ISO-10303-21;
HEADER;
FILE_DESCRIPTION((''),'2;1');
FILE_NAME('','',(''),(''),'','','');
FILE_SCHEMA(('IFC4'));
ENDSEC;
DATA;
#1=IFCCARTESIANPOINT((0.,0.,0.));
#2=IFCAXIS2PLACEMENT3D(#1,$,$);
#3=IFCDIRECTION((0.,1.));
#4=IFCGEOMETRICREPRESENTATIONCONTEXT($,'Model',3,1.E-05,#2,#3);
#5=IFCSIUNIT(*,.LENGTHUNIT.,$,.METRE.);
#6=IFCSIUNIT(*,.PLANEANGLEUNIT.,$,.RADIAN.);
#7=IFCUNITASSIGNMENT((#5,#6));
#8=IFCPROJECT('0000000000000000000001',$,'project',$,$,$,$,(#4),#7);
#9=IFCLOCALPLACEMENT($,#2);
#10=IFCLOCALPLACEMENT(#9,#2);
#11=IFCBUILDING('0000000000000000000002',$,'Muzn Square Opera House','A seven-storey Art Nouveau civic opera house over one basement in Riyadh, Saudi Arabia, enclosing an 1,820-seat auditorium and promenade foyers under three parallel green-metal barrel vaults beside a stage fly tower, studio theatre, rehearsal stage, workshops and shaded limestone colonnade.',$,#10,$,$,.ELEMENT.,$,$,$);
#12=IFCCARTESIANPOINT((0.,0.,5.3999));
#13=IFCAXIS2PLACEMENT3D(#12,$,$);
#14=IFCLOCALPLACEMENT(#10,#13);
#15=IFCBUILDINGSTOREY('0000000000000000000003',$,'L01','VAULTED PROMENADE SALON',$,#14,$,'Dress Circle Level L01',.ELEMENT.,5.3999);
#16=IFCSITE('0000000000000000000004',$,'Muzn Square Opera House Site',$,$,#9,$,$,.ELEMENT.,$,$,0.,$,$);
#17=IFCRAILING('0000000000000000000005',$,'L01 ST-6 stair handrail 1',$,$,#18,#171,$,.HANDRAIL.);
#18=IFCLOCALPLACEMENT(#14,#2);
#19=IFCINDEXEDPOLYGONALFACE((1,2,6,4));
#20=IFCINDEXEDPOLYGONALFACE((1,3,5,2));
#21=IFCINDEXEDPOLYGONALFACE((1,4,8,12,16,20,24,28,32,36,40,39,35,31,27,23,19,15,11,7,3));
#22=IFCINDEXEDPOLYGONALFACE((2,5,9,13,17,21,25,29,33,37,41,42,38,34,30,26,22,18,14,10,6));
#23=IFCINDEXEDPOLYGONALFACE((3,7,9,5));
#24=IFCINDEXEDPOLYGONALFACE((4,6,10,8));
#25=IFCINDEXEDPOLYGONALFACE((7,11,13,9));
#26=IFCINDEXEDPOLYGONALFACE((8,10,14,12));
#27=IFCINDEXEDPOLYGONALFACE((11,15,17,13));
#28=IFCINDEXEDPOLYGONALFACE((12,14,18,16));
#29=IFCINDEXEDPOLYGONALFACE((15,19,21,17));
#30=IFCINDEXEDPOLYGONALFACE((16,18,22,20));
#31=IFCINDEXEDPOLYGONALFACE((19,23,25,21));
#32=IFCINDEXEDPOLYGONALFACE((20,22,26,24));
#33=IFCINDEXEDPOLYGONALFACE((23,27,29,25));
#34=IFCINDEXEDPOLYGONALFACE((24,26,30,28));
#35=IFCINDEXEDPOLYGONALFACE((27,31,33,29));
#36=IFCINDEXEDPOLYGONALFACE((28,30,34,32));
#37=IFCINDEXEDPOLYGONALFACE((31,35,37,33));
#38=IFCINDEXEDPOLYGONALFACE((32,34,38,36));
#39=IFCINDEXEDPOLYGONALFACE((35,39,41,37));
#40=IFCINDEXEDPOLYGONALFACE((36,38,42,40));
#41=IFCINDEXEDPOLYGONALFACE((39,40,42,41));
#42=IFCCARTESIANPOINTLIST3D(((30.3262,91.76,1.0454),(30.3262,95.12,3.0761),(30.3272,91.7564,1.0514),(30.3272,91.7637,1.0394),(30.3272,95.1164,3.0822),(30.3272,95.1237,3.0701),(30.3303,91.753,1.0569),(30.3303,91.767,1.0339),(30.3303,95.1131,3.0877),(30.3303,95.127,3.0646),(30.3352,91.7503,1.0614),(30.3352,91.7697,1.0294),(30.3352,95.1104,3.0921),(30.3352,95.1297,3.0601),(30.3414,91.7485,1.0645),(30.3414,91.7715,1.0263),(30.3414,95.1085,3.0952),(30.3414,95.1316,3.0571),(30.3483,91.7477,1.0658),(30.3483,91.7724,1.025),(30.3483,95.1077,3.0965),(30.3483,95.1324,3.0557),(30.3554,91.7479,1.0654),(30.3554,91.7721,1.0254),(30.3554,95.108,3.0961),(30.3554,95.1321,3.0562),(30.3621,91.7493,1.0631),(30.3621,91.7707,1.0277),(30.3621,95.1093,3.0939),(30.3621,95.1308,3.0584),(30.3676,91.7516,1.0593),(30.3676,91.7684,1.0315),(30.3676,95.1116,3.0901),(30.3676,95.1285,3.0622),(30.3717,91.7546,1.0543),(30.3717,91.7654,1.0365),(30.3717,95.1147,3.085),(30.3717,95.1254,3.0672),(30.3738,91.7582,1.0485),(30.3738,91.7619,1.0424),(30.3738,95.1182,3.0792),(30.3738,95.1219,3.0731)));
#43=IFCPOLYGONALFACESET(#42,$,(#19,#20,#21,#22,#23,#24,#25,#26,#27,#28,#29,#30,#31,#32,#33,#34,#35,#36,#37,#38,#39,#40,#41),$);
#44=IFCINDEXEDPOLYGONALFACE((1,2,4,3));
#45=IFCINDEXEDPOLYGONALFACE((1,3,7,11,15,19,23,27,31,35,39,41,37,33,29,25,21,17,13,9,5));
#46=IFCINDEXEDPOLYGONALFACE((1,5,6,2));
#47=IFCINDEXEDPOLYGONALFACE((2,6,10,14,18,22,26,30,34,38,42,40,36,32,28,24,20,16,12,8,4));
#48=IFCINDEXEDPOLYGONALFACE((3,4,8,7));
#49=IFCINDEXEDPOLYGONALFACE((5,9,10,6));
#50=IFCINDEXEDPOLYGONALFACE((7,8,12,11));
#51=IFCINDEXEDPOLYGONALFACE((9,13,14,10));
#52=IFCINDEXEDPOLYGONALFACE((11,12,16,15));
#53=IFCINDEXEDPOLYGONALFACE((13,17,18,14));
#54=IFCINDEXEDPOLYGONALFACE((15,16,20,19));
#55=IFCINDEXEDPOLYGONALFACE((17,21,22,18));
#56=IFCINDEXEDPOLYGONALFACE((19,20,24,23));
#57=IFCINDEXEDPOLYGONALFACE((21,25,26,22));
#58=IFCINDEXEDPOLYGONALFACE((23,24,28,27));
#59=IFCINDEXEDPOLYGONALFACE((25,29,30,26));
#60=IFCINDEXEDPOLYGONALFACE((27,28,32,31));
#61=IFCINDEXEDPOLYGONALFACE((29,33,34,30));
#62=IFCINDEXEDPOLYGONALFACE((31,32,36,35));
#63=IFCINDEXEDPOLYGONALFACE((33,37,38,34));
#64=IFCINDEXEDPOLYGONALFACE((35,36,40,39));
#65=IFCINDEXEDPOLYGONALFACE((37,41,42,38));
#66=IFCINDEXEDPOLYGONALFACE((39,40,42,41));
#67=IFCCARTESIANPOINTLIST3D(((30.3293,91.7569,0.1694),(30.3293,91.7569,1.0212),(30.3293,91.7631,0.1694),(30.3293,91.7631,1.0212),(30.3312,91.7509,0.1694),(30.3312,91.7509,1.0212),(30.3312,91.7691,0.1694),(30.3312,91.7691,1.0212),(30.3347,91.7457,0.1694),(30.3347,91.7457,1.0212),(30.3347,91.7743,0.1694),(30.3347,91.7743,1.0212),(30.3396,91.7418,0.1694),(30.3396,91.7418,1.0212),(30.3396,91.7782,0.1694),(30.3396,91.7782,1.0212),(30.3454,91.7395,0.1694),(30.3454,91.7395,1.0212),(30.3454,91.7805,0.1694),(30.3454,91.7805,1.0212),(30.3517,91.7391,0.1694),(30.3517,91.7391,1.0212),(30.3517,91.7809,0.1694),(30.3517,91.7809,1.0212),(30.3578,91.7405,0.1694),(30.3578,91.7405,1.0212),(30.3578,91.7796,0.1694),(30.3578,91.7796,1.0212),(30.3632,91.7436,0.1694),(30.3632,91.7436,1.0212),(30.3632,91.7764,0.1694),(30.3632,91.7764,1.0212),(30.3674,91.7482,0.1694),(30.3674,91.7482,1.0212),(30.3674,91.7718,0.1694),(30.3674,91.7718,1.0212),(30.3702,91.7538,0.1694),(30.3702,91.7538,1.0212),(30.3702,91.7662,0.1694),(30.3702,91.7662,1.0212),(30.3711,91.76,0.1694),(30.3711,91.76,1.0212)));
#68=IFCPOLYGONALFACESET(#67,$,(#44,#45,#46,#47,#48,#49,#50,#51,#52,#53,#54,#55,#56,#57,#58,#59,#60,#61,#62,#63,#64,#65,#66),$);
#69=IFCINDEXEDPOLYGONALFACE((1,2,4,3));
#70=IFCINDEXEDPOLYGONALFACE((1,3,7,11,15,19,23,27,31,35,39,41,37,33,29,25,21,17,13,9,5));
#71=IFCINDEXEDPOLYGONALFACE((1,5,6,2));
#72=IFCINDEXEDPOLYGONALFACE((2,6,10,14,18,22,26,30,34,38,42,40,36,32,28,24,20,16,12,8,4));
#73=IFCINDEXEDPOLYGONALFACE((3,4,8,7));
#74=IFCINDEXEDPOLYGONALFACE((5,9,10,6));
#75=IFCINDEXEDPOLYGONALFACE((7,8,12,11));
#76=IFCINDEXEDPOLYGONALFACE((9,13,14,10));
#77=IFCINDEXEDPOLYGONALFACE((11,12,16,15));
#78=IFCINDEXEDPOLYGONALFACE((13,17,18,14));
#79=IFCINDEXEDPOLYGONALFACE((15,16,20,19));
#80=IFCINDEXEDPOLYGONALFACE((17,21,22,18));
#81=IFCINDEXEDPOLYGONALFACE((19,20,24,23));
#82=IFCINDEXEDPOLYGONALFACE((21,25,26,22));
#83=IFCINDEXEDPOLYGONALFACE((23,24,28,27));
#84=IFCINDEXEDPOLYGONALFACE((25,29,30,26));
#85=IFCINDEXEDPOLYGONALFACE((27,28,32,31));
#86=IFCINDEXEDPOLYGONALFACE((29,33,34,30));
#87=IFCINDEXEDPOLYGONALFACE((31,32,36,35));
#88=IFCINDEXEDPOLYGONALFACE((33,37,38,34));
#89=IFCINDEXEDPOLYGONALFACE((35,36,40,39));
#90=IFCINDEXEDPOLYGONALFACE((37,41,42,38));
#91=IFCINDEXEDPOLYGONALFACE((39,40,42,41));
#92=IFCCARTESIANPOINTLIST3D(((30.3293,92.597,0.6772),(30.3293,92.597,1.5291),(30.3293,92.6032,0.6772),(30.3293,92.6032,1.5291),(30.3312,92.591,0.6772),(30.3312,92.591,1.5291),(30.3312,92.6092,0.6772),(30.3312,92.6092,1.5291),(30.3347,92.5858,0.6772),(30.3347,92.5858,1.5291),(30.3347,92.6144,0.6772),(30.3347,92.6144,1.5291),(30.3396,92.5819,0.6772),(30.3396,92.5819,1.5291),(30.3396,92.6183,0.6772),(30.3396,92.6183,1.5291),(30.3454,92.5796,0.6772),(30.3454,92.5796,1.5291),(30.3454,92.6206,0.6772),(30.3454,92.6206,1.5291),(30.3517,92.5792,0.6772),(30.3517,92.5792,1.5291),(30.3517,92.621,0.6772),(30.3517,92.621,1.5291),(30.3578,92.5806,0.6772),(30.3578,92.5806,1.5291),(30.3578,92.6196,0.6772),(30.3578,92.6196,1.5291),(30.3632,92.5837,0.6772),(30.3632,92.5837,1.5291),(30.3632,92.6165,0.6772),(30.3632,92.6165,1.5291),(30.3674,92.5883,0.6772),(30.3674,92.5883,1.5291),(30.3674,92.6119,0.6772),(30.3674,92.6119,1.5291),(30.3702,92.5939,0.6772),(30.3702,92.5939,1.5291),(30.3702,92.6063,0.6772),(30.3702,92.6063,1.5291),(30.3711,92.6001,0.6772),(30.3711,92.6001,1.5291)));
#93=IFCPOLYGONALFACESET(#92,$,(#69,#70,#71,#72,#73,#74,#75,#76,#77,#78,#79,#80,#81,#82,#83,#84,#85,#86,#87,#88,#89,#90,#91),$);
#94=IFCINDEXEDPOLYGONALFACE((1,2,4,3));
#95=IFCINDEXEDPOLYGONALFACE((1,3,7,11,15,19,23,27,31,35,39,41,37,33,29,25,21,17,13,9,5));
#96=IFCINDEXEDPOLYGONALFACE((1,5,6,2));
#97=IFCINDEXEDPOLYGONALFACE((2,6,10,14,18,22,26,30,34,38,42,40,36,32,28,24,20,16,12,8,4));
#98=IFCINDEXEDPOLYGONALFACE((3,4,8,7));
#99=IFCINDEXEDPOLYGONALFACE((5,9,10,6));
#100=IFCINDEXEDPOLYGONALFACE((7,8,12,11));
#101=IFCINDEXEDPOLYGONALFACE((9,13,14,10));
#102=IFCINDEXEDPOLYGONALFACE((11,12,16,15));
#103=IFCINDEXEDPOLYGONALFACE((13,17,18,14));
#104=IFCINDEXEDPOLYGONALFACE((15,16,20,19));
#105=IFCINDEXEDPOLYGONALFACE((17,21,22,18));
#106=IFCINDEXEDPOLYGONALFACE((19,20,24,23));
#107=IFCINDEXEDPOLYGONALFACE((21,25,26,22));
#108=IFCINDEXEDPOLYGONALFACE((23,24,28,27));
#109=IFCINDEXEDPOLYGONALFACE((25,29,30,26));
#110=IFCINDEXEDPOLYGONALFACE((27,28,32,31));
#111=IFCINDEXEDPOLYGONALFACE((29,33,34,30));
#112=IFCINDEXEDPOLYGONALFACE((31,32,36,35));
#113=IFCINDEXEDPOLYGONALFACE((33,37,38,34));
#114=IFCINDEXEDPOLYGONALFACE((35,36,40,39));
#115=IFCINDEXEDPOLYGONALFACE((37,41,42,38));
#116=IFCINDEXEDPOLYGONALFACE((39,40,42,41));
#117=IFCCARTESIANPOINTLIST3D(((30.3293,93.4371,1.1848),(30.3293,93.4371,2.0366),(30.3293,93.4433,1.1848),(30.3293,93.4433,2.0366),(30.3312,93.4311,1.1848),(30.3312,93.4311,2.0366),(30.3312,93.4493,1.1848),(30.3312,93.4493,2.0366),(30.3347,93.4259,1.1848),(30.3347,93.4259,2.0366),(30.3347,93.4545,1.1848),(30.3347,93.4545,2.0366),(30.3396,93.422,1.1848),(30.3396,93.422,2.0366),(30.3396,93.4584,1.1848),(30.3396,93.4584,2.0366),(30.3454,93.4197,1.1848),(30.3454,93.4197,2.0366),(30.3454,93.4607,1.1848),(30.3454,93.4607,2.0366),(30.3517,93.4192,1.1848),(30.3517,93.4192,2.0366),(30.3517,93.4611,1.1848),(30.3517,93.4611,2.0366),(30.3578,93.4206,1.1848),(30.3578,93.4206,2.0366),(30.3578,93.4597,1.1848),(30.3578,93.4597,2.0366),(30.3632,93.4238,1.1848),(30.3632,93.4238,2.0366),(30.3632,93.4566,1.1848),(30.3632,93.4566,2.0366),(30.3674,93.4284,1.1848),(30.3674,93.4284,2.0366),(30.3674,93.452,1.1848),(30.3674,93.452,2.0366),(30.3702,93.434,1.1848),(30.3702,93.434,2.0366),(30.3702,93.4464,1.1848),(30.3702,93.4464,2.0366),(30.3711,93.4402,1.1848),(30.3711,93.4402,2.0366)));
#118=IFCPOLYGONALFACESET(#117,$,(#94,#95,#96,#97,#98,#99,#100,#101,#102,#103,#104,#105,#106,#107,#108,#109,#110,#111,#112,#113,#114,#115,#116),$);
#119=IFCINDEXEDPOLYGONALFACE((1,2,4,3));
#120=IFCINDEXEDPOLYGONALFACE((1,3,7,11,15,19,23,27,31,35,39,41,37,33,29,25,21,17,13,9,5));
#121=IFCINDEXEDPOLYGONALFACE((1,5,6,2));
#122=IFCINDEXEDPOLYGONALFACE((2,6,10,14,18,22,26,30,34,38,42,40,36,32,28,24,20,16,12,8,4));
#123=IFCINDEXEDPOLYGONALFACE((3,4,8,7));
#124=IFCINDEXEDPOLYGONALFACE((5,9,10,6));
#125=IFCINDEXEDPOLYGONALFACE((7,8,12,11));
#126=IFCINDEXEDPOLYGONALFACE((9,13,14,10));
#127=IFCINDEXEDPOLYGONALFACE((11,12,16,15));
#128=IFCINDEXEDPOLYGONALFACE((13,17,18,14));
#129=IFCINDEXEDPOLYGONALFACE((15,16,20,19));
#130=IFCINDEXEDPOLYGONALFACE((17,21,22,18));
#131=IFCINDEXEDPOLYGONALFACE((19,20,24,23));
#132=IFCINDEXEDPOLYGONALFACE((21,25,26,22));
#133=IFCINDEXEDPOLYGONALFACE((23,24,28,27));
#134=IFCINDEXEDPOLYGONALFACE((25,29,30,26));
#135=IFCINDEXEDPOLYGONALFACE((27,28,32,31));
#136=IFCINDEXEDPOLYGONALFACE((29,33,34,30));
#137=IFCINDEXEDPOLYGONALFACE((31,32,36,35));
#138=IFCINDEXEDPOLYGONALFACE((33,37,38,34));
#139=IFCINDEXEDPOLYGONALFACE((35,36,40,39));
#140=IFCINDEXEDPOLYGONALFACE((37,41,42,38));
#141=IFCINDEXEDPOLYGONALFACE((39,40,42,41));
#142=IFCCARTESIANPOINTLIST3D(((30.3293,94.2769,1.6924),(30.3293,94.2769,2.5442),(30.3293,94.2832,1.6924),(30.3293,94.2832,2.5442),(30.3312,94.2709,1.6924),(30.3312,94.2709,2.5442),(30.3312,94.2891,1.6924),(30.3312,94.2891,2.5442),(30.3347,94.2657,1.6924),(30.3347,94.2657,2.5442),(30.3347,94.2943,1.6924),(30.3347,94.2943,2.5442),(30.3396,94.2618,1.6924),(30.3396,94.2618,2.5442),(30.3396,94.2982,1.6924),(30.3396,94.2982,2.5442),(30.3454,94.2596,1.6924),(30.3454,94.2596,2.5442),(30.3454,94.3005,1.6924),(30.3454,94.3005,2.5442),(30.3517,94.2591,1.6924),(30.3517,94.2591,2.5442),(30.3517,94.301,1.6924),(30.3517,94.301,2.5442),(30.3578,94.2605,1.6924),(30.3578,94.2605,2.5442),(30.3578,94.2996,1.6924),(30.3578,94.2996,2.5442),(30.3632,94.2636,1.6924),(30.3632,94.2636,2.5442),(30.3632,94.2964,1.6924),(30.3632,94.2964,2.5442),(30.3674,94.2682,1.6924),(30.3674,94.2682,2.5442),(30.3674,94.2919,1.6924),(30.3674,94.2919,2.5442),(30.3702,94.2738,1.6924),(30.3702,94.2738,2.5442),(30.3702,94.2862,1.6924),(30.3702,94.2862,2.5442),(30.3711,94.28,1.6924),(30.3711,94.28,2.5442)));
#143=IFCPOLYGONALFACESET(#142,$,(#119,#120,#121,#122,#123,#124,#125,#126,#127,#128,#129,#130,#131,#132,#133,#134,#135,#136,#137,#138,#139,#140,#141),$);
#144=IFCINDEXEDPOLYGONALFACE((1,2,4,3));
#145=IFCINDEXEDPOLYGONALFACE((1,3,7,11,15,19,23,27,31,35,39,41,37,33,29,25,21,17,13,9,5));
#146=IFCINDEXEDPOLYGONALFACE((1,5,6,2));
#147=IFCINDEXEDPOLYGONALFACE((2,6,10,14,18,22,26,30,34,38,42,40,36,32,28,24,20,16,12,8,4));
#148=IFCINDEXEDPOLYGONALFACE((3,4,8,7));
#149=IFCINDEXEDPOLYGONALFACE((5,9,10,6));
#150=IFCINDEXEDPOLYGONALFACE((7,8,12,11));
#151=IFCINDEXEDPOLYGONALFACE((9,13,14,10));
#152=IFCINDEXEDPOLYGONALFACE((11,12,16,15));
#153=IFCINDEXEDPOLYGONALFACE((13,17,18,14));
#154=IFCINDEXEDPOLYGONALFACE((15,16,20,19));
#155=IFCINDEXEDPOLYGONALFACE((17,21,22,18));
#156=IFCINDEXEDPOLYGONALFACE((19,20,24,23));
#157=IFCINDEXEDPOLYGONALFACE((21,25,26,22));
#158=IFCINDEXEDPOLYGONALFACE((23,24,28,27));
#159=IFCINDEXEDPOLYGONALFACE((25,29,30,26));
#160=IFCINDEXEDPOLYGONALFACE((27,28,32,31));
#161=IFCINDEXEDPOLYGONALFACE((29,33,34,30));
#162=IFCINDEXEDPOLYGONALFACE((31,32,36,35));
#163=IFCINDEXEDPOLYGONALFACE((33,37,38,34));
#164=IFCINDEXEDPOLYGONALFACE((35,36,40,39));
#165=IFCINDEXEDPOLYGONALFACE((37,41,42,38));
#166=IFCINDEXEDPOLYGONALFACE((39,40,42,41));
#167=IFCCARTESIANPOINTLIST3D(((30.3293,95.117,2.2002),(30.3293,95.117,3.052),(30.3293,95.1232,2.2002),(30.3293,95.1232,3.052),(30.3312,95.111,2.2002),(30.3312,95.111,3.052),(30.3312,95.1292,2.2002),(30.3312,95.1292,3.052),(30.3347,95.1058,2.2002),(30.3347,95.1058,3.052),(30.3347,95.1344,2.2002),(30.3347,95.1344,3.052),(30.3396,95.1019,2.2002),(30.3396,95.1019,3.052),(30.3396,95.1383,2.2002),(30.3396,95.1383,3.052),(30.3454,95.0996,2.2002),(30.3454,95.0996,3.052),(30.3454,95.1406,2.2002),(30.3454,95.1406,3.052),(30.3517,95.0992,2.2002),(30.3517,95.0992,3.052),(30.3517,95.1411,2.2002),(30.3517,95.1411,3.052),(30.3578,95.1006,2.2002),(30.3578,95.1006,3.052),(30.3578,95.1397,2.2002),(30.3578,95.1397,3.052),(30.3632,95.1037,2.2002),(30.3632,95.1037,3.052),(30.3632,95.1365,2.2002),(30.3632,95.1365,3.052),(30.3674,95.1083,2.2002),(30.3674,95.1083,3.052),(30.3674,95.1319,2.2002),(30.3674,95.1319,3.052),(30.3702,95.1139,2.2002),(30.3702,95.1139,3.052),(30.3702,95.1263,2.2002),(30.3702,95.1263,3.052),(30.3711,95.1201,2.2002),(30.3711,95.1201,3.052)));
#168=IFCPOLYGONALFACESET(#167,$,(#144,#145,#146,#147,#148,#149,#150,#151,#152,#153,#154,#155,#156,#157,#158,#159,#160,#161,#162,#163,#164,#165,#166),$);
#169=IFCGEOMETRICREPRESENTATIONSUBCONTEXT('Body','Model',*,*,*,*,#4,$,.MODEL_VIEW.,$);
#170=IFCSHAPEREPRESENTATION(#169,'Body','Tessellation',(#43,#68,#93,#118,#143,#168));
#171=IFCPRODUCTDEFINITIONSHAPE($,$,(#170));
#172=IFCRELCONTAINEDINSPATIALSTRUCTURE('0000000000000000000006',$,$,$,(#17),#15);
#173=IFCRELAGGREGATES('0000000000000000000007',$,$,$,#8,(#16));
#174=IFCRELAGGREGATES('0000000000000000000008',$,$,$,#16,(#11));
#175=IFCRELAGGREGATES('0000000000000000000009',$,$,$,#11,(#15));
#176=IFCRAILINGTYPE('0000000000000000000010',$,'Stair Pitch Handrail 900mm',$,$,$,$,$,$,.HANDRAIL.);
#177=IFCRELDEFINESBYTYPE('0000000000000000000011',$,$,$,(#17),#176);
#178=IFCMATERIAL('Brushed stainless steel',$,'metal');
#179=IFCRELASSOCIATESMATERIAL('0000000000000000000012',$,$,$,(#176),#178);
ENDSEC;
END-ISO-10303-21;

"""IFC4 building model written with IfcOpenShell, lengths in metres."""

from ifc_helpers import new_model, si_unit, direction, frame, origin, origin_2d, place, context, subcontext, project, spatial, circle, extrude, material, type_object, element, save


model = new_model("IFC4")

# Units and contexts
model_context = context("Model", 3, precision=1e-05, world=origin(), true_north=direction((0.0, 1.0)))
body_context = subcontext(model_context, "Body", "Model", "MODEL_VIEW")
ifc_project = project(units=[si_unit("LENGTHUNIT", "METRE"), si_unit("PLANEANGLEUNIT", "RADIAN")], contexts=[model_context])

# Site, building, storey
site_placement = place(None, origin())
site = spatial("IfcSite", under=ifc_project, at=site_placement, Name="Muzn Square Opera House Site", CompositionType="ELEMENT", RefElevation=0.0)
building_placement = place(site_placement, origin())
building = spatial("IfcBuilding", under=site, at=building_placement, Name="Muzn Square Opera House", Description="A seven-storey Art Nouveau civic opera house over one basement in Riyadh, Saudi Arabia, enclosing an 1,820-seat auditorium and promenade foyers under three parallel green-metal barrel vaults beside a stage fly tower, studio theatre, rehearsal stage, workshops and shaded limestone colonnade.", CompositionType="ELEMENT")
storey_placement = place(building_placement, frame((0.0, 0.0, 5.3999)))
storey = spatial("IfcBuildingStorey", under=building, at=storey_placement, Name="L01", Description="VAULTED PROMENADE SALON", LongName="Dress Circle Level L01", CompositionType="ELEMENT", Elevation=5.3999)

# Railing
ifc_material_1 = material(Name="Brushed stainless steel", Category="metal")
railing_type_1 = type_object("IfcRailingType", Name="Stair Pitch Handrail 900mm", PredefinedType="HANDRAIL", material=ifc_material_1)
railing_1_placement = place(storey_placement, frame((30.3501, 91.76, 0.1694)))
element("IfcRailing", 1, at=railing_1_placement, inside=storey, type_object=railing_type_1, Name="L01 ST-6 stair handrail 1", PredefinedType="HANDRAIL", context=body_context, shape_type="SweptSolid", body=[
    extrude(circle(Radius=0.0239, at=origin_2d()), frame((0.0, 0.0, 0.876), z_axis=(0.0, 0.855837, 0.517246), x_axis=(-1.0, 0.0, 0.0)), (0.0, 0.0, 1.0), 3.926),
    extrude(circle(Radius=0.021, at=origin_2d()), origin(), (0.0, 0.0, 1.0), 0.8518),
    extrude(circle(Radius=0.021, at=origin_2d()), frame((0.0, 0.8401, 0.5078)), (0.0, 0.0, 1.0), 0.8518),
    extrude(circle(Radius=0.021, at=origin_2d()), frame((0.0, 1.6802, 1.0154)), (0.0, 0.0, 1.0), 0.8518),
    extrude(circle(Radius=0.021, at=origin_2d()), frame((0.0, 2.52, 1.5229)), (0.0, 0.0, 1.0), 0.8518),
    extrude(circle(Radius=0.021, at=origin_2d()), frame((0.0, 3.3601, 2.0308)), (0.0, 0.0, 1.0), 0.8518),
])

save(model, "model.ifc")
